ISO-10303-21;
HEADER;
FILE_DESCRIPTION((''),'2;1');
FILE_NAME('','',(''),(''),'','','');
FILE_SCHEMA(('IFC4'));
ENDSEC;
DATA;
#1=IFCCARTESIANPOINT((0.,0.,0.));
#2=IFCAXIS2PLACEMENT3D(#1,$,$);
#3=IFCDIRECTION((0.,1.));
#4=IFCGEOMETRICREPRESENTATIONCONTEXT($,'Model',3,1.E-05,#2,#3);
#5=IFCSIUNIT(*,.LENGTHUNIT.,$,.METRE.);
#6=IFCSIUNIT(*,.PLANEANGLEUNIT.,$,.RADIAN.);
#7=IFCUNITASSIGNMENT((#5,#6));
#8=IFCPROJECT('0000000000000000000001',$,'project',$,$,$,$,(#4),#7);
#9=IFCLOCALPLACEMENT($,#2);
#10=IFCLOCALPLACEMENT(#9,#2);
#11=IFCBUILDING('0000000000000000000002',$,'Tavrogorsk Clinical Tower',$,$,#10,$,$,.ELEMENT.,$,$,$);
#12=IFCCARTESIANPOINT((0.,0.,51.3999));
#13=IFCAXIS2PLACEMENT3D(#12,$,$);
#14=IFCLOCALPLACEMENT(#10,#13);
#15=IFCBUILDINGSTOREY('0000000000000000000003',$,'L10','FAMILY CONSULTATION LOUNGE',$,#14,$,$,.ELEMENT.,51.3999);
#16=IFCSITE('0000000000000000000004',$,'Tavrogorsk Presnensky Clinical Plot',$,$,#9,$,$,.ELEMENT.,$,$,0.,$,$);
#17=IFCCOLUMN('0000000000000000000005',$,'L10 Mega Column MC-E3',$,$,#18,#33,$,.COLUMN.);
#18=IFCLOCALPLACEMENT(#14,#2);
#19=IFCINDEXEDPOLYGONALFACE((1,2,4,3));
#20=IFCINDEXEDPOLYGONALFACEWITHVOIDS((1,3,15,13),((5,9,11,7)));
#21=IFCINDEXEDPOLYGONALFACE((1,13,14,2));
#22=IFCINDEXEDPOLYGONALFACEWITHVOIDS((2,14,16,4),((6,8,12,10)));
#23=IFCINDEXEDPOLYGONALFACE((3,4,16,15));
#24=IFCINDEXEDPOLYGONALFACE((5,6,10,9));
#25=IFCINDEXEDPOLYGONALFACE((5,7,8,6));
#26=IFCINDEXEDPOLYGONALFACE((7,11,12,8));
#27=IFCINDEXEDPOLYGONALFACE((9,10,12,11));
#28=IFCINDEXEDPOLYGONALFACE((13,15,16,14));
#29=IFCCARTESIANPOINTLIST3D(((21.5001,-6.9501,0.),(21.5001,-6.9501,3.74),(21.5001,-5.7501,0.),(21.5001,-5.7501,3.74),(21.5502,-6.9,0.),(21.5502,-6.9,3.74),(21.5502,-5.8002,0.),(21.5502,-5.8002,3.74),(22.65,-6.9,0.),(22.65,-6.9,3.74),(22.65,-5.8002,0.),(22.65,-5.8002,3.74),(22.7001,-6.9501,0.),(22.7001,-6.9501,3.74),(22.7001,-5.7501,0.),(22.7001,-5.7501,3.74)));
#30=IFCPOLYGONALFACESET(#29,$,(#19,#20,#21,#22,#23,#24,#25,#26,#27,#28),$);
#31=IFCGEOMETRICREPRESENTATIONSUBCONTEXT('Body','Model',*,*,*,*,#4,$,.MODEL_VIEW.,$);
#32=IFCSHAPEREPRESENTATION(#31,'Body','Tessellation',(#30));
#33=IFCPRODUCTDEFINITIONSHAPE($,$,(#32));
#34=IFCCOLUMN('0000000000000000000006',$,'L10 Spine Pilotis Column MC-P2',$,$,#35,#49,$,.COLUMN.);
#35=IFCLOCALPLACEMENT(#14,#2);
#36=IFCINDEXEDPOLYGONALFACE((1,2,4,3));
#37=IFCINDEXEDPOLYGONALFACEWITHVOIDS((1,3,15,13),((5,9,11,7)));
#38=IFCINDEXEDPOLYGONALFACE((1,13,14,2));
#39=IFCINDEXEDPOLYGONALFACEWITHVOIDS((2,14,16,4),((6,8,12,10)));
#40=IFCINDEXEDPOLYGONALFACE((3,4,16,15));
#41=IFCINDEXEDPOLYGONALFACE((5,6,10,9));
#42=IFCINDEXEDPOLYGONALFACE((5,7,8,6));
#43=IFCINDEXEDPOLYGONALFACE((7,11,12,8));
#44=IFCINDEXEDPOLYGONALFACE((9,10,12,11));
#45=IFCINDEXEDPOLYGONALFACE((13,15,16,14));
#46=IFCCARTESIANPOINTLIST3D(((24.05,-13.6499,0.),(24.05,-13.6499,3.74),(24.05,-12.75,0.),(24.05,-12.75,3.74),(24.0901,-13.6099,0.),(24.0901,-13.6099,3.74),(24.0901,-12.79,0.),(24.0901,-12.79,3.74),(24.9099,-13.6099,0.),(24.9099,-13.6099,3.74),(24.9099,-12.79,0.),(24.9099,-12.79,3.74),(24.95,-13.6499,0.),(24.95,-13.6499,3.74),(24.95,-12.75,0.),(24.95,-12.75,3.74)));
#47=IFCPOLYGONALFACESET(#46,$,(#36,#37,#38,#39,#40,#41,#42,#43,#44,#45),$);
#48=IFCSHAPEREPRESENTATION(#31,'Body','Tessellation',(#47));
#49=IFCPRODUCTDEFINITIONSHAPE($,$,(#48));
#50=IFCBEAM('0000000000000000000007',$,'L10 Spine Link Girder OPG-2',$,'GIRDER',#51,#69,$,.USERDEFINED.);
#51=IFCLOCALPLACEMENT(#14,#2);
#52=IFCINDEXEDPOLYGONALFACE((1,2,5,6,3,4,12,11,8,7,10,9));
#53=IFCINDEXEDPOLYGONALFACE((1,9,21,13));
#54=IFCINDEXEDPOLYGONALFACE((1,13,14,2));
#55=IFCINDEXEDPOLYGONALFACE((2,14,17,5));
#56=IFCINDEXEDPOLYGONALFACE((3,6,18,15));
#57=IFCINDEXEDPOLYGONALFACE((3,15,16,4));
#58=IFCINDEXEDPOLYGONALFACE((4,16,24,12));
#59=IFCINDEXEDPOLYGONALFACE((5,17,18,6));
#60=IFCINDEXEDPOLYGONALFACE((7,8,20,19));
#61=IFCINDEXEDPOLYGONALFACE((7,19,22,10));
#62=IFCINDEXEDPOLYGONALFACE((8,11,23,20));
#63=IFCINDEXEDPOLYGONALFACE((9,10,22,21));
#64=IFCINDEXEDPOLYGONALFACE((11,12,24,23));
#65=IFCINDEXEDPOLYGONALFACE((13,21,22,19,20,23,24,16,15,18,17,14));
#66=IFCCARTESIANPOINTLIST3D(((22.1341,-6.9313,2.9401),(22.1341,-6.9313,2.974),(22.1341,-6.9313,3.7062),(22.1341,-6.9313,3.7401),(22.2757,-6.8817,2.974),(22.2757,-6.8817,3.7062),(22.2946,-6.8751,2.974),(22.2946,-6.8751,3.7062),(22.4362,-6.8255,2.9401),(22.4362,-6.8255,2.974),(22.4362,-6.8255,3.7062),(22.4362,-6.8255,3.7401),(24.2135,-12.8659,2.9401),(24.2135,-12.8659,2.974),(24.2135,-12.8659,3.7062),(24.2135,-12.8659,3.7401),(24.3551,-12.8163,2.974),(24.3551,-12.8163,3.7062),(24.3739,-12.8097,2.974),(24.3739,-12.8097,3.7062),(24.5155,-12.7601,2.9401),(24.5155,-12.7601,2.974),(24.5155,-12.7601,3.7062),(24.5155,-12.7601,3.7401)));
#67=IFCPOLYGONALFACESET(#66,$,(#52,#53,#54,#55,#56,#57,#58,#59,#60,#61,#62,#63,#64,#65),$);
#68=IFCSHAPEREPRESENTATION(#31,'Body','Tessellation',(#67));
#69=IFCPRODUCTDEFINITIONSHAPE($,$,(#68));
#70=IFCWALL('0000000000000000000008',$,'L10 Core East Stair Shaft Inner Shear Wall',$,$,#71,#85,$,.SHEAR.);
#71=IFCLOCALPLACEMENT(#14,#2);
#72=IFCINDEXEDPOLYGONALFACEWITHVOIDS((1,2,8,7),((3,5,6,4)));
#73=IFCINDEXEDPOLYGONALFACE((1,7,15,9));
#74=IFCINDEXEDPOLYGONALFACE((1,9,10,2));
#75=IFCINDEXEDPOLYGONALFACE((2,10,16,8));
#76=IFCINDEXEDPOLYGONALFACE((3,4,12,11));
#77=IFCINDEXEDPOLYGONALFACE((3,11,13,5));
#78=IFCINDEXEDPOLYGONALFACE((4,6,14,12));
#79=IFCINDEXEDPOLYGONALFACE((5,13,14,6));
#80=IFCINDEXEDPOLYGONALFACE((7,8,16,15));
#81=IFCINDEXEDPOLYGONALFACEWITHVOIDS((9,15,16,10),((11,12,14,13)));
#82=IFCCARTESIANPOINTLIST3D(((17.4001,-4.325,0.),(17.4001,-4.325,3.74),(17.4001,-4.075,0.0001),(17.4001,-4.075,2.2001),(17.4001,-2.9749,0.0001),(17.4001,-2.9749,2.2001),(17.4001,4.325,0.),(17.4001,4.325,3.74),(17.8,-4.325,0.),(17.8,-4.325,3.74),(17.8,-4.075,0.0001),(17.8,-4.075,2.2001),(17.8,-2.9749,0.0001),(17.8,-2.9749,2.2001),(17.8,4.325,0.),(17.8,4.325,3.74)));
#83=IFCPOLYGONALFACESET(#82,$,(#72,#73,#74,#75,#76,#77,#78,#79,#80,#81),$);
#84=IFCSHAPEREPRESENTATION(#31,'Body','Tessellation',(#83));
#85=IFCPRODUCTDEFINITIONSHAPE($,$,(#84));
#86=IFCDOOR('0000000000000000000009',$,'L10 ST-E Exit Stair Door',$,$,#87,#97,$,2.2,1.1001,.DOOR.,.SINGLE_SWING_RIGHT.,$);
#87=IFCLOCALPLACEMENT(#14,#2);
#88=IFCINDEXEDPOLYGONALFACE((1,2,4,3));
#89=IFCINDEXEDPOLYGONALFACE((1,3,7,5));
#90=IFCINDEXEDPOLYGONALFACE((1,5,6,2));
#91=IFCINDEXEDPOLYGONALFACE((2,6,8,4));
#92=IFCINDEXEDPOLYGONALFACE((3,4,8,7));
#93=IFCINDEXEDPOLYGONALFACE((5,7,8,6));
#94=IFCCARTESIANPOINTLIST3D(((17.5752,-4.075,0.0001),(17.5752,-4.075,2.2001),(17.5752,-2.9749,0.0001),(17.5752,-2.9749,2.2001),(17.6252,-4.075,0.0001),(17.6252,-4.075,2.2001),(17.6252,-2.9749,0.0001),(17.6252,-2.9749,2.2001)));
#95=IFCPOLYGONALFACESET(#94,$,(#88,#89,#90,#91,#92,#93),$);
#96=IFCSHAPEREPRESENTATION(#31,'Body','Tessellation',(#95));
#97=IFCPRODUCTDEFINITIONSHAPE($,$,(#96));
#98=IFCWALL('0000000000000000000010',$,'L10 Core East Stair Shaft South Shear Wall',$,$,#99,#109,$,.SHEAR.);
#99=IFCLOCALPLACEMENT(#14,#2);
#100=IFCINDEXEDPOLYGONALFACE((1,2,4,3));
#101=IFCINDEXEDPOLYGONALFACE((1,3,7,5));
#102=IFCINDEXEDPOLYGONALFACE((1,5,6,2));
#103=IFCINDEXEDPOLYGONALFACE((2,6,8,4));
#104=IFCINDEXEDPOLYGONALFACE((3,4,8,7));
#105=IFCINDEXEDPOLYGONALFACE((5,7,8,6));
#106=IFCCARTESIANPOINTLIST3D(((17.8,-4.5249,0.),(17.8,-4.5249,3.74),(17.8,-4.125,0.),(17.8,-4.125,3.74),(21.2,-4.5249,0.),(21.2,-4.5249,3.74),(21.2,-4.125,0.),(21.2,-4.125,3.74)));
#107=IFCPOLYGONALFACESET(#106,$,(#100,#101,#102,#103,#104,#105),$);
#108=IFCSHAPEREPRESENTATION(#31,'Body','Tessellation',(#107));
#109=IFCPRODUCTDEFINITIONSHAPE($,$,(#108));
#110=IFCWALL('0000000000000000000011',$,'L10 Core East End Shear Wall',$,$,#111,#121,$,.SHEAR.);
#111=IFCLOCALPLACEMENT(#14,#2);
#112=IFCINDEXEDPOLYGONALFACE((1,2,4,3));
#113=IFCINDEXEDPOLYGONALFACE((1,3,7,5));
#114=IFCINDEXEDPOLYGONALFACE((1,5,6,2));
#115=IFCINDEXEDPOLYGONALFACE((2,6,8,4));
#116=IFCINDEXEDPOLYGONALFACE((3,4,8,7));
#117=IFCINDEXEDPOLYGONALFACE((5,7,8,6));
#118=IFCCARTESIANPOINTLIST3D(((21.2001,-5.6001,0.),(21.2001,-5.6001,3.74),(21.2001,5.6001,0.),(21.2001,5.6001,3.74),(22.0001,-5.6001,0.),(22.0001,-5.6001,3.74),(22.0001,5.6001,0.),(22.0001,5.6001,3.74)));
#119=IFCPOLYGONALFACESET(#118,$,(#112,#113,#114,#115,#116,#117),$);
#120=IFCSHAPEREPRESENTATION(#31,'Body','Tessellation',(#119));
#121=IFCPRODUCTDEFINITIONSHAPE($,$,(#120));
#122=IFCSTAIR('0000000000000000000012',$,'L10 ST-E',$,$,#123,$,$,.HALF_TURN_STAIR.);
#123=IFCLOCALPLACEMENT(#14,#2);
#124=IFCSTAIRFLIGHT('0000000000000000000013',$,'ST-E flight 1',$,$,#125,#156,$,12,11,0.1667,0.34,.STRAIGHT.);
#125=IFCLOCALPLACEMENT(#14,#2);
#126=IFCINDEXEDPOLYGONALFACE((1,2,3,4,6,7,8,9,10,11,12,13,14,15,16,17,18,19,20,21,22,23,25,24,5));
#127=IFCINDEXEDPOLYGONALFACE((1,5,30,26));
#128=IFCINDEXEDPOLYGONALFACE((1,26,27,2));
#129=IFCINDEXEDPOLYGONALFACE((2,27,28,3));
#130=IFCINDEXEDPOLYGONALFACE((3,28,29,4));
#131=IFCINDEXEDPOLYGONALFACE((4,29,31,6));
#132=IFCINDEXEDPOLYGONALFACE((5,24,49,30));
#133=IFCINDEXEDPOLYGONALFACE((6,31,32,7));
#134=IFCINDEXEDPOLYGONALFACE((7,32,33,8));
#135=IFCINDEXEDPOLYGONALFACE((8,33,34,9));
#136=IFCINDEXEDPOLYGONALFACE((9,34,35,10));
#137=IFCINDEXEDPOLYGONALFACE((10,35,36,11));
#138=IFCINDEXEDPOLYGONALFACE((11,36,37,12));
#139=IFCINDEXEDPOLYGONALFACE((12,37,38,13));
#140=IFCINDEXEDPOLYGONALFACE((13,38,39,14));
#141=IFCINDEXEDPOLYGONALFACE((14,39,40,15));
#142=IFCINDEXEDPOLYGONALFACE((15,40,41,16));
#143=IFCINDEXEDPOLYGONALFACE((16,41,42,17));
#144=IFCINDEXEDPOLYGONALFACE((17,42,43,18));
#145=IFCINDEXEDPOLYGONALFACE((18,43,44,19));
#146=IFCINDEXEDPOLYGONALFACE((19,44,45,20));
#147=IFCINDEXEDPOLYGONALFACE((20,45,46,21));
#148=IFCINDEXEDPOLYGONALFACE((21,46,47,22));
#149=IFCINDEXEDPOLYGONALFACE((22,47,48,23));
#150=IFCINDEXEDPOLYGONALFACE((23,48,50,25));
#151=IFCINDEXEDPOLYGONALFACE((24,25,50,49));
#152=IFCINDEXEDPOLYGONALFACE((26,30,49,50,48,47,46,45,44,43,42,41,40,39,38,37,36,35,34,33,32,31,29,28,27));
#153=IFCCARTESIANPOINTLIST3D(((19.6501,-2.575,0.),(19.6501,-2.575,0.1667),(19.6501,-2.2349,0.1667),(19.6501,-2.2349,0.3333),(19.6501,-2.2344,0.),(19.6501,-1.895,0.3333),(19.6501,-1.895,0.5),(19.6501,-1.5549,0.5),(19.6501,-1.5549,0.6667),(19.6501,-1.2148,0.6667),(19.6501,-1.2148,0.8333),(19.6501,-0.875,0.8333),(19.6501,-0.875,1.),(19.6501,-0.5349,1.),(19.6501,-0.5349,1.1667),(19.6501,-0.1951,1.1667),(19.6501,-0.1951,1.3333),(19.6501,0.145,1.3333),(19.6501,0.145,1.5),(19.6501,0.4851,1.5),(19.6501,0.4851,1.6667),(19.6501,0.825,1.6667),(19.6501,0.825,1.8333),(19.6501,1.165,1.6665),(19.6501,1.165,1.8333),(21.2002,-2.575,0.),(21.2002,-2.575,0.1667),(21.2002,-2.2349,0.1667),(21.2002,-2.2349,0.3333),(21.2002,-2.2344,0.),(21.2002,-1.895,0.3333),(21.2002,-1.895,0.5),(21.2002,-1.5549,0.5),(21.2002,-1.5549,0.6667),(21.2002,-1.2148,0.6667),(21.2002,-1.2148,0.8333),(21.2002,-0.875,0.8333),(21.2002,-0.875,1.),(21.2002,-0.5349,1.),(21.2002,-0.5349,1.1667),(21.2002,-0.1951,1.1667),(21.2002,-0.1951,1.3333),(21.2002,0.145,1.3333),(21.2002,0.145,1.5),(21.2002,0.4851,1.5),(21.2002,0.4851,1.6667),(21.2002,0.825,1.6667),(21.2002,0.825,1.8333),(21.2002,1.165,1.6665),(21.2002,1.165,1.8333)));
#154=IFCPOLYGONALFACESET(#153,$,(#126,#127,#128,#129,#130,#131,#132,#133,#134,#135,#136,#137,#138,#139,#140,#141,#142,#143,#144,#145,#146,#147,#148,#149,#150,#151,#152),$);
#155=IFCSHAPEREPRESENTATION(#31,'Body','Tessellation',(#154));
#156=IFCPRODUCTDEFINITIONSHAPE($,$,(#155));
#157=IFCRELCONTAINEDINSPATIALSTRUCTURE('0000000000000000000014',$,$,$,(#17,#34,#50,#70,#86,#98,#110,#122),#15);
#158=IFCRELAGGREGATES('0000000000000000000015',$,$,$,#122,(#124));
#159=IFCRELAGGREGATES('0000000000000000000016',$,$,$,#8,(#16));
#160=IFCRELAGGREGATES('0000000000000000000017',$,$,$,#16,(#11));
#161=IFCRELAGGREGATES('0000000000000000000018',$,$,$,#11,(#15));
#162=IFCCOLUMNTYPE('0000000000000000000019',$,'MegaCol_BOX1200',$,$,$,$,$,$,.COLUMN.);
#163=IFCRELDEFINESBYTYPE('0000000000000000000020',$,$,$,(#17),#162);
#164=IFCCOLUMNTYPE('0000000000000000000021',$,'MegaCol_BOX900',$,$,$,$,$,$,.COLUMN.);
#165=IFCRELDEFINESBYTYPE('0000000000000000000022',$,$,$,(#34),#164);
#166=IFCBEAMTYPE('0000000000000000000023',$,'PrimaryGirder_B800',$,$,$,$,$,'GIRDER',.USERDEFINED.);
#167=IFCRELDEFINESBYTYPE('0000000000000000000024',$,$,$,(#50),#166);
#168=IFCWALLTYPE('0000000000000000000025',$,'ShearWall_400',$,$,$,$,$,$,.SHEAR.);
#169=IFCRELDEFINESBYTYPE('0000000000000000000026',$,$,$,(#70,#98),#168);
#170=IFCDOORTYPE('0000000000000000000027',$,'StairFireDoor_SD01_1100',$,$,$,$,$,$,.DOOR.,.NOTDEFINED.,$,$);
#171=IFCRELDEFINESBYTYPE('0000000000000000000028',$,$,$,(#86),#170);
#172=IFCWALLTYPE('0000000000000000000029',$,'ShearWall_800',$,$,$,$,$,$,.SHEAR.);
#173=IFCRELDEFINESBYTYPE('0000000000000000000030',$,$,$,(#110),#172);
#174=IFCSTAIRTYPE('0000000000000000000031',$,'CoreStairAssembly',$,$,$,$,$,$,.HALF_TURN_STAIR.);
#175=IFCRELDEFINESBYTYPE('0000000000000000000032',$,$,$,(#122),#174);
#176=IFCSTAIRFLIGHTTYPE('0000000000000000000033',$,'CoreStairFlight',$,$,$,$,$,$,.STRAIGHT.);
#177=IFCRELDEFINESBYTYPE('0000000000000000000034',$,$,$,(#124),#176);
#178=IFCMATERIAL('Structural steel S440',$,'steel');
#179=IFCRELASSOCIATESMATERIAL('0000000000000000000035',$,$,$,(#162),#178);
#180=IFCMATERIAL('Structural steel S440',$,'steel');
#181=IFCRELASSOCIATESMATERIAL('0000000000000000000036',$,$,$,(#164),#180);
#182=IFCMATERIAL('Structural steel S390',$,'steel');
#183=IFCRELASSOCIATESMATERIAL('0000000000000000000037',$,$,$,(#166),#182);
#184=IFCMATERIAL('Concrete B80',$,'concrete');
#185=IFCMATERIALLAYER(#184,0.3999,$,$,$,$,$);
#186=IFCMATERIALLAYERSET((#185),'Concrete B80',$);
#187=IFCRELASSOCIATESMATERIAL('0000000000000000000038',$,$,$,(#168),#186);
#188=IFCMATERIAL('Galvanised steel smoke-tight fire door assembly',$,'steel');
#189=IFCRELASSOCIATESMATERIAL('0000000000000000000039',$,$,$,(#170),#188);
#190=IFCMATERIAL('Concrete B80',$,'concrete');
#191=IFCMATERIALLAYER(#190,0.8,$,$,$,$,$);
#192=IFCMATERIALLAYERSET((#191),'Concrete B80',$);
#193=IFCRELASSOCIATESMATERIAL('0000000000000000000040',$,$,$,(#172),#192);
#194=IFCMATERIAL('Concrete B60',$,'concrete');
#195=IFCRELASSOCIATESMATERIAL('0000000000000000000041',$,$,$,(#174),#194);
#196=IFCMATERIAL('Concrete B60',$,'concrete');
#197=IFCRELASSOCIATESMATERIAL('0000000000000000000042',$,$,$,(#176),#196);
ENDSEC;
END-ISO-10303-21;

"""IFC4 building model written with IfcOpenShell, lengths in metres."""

from ifc_helpers import new_model, si_unit, direction, frame, frame_2d, origin, origin_2d, place, context, subcontext, project, spatial, polyline, rectangle, hollow_rectangle, i_section, outline, extrude, material, layer, layer_set, material_profile, profile_set, type_object, element, fill, aggregate, save


model = new_model("IFC4")

# Units and contexts
model_context = context("Model", 3, precision=1e-05, world=origin(), true_north=direction((0.0, 1.0)))
body_context = subcontext(model_context, "Body", "Model", "MODEL_VIEW")
ifc_project = project(units=[si_unit("LENGTHUNIT", "METRE"), si_unit("PLANEANGLEUNIT", "RADIAN")], contexts=[model_context])

# Site, building, storey
site_placement = place(None, origin())
site = spatial("IfcSite", under=ifc_project, at=site_placement, Name="Tavrogorsk Presnensky Clinical Plot", CompositionType="ELEMENT", RefElevation=0.0)
building_placement = place(site_placement, origin())
building = spatial("IfcBuilding", under=site, at=building_placement, Name="Tavrogorsk Clinical Tower", CompositionType="ELEMENT")
storey_placement = place(building_placement, frame((0.0, 0.0, 51.3999)))
storey = spatial("IfcBuildingStorey", under=building, at=storey_placement, Name="L10", Description="FAMILY CONSULTATION LOUNGE", CompositionType="ELEMENT", Elevation=51.3999)

# Columns
ifc_material_1 = material(Name="Structural steel S440", Category="steel")
ifc_material_profile_1 = material_profile(ifc_material_1, hollow_rectangle(XDim=1.2, YDim=1.2, WallThickness=0.05, at=origin_2d()), Name="BOX-1200x1200x50")
ifc_profile_set_1 = profile_set([ifc_material_profile_1], Name="Structural steel S440")
column_type_1 = type_object("IfcColumnType", Name="MegaCol_BOX1200", PredefinedType="COLUMN", material=ifc_profile_set_1)
column_1_placement = place(storey_placement, frame((22.1001, -6.3501, 0.0), z_axis=(0.0, 0.0, 1.0), x_axis=(1.0, 0.0, 0.0)))
element("IfcColumn", 1, at=column_1_placement, inside=storey, type_object=column_type_1, Name="L10 Mega Column MC-E3", PredefinedType="COLUMN", context=body_context, shape_type="SweptSolid", body=[
    extrude(hollow_rectangle(XDim=1.2, YDim=1.2, WallThickness=0.05, at=origin_2d()), origin(), (0.0, 0.0, 1.0), 3.74),
])
ifc_material_2 = material(Name="Structural steel S440", Category="steel")
ifc_material_profile_2 = material_profile(ifc_material_2, hollow_rectangle(XDim=0.8999, YDim=0.8999, WallThickness=0.04, at=origin_2d()), Name="BOX-900x900x40")
ifc_profile_set_2 = profile_set([ifc_material_profile_2], Name="Structural steel S440")
column_type_2 = type_object("IfcColumnType", Name="MegaCol_BOX900", PredefinedType="COLUMN", material=ifc_profile_set_2)
column_2_placement = place(storey_placement, frame((24.5, -13.2, 0.0), z_axis=(0.0, 0.0, 1.0), x_axis=(1.0, 0.0, 0.0)))
element("IfcColumn", 2, at=column_2_placement, inside=storey, type_object=column_type_2, Name="L10 Spine Pilotis Column MC-P2", PredefinedType="COLUMN", context=body_context, shape_type="SweptSolid", body=[
    extrude(hollow_rectangle(XDim=0.8999, YDim=0.8999, WallThickness=0.04, at=origin_2d()), origin(), (0.0, 0.0, 1.0), 3.74),
])

# Beam
ifc_material_3 = material(Name="Structural steel S390", Category="steel")
ifc_material_profile_3 = material_profile(ifc_material_3, i_section(OverallWidth=0.3201, OverallDepth=0.8, WebThickness=0.02, FlangeThickness=0.0339, at=origin_2d()), Name="B-800x320x20x34")
ifc_profile_set_3 = profile_set([ifc_material_profile_3], Name="Structural steel S390")
beam_type = type_object("IfcBeamType", Name="PrimaryGirder_B800", ElementType="GIRDER", PredefinedType="USERDEFINED", material=ifc_profile_set_3)
beam_placement = place(storey_placement, frame((24.3645, -12.813, 3.3401), z_axis=(-0.330669, 0.943747, 0.0), x_axis=(-0.943747, -0.330669, 0.0)))
element("IfcBeam", 3, at=beam_placement, inside=storey, type_object=beam_type, Name="L10 Spine Link Girder OPG-2", ObjectType="GIRDER", PredefinedType="USERDEFINED", context=body_context, shape_type="SweptSolid", body=[
    extrude(i_section(OverallWidth=0.3201, OverallDepth=0.8, WebThickness=0.02, FlangeThickness=0.0339, at=origin_2d()), origin(), (0.0, 0.0, 1.0), 6.2883),
])

# Wall, opening, door
ifc_material_4 = material(Name="Concrete B80", Category="concrete")
ifc_layer_1 = layer(ifc_material_4, 0.3999)
ifc_layer_set_1 = layer_set([ifc_layer_1], Name="Concrete B80")
wall_type_1 = type_object("IfcWallType", Name="ShearWall_400", PredefinedType="SHEAR", material=ifc_layer_set_1)
wall_1_placement = place(storey_placement, frame((17.6001, -4.325, 0.0), z_axis=(0.0, 0.0, 1.0), x_axis=(0.0, 1.0, 0.0)))
wall_1 = element("IfcWall", 4, at=wall_1_placement, inside=storey, type_object=wall_type_1, Name="L10 Core East Stair Shaft Inner Shear Wall", PredefinedType="SHEAR", context=body_context, shape_type="SweptSolid", body=[
    extrude(rectangle(XDim=8.6499, YDim=0.3999, at=frame_2d((4.325, 0.0))), origin(), (0.0, 0.0, 1.0), 3.74),
])
opening_placement = place(wall_1_placement, frame((0.25, 0.0, 0.0)))
opening = element("IfcOpeningElement", 5, at=opening_placement, cuts=wall_1, PredefinedType="OPENING", context=body_context, shape_type="SweptSolid", body=[
    extrude(rectangle(XDim=1.1001, YDim=2.2, at=frame_2d((0.55, 1.1001))), frame((0.0, 0.21, 0.0), z_axis=(0.0, -1.0, 0.0), x_axis=(1.0, 0.0, 0.0)), (0.0, 0.0, 1.0), 0.4199),
])
ifc_material_5 = material(Name="Galvanised steel smoke-tight fire door assembly", Category="steel")
door_type = type_object("IfcDoorType", Name="StairFireDoor_SD01_1100", OperationType="NOTDEFINED", PredefinedType="DOOR", material=ifc_material_5)
door_placement = place(opening_placement, origin())
door = element("IfcDoor", 6, at=door_placement, inside=storey, type_object=door_type, Name="L10 ST-E Exit Stair Door", OperationType="SINGLE_SWING_RIGHT", OverallHeight=2.2, OverallWidth=1.1001, PredefinedType="DOOR", context=body_context, shape_type="SweptSolid", body=[
    extrude(rectangle(XDim=1.1001, YDim=2.2, at=frame_2d((0.55, 1.1001))), frame((0.0, 0.0249, 0.0), z_axis=(0.0, -1.0, 0.0), x_axis=(1.0, 0.0, 0.0)), (0.0, 0.0, 1.0), 0.05),
])
fill(opening, door)

# Walls
wall_2_placement = place(storey_placement, frame((17.8, -4.325, 0.0), z_axis=(0.0, 0.0, 1.0), x_axis=(1.0, 0.0, 0.0)))
element("IfcWall", 7, at=wall_2_placement, inside=storey, type_object=wall_type_1, Name="L10 Core East Stair Shaft South Shear Wall", PredefinedType="SHEAR", context=body_context, shape_type="SweptSolid", body=[
    extrude(rectangle(XDim=3.3999, YDim=0.3999, at=frame_2d((1.7, 0.0))), origin(), (0.0, 0.0, 1.0), 3.74),
])
ifc_material_6 = material(Name="Concrete B80", Category="concrete")
ifc_layer_2 = layer(ifc_material_6, 0.8)
ifc_layer_set_2 = layer_set([ifc_layer_2], Name="Concrete B80")
wall_type_2 = type_object("IfcWallType", Name="ShearWall_800", PredefinedType="SHEAR", material=ifc_layer_set_2)
wall_3_placement = place(storey_placement, frame((21.6001, -5.6001, 0.0), z_axis=(0.0, 0.0, 1.0), x_axis=(0.0, 1.0, 0.0)))
element("IfcWall", 8, at=wall_3_placement, inside=storey, type_object=wall_type_2, Name="L10 Core East End Shear Wall", PredefinedType="SHEAR", context=body_context, shape_type="SweptSolid", body=[
    extrude(rectangle(XDim=11.2002, YDim=0.8, at=frame_2d((5.6001, 0.0))), origin(), (0.0, 0.0, 1.0), 3.74),
])

# Stair, stair flight
ifc_material_7 = material(Name="Concrete B60", Category="concrete")
stair_type = type_object("IfcStairType", Name="CoreStairAssembly", PredefinedType="HALF_TURN_STAIR", material=ifc_material_7)
stair_placement = place(storey_placement, origin())
stair = element("IfcStair", 9, at=stair_placement, inside=storey, type_object=stair_type, Name="L10 ST-E", PredefinedType="HALF_TURN_STAIR")
ifc_material_8 = material(Name="Concrete B60", Category="concrete")
stair_flight_type = type_object("IfcStairFlightType", Name="CoreStairFlight", PredefinedType="STRAIGHT", material=ifc_material_8)
stair_flight_placement = place(storey_placement, frame((20.425, -2.575, 0.0), z_axis=(0.0, 0.0, 1.0), x_axis=(0.0, 1.0, 0.0)))
stair_flight = element("IfcStairFlight", 10, at=stair_flight_placement, type_object=stair_flight_type, Name="ST-E flight 1", NumberOfRisers=12, NumberOfTreads=11, PredefinedType="STRAIGHT", RiserHeight=0.1667, TreadLength=0.34, context=body_context, shape_type="SweptSolid", body=[
    extrude(outline(polyline([(0.0, 0.0), (0.0, 0.1667), (0.3401, 0.1667), (0.3401, 0.3333), (0.6799, 0.3333), (0.6799, 0.5), (1.02, 0.5), (1.02, 0.6667), (1.3601, 0.6667), (1.3601, 0.8333), (1.7, 0.8333), (1.7, 1.0), (2.04, 1.0), (2.04, 1.1667), (2.3799, 1.1667), (2.3799, 1.3333), (2.72, 1.3333), (2.72, 1.5), (3.0601, 1.5), (3.0601, 1.6667), (3.3999, 1.6667), (3.3999, 1.8333), (3.74, 1.8333), (3.74, 2.0), (3.74, 1.6665), (0.3406, 0.0), (0.0, 0.0)])), frame((0.0, 0.7749, 0.0), z_axis=(0.0, -1.0, 0.0), x_axis=(1.0, 0.0, 0.0)), (0.0, 0.0, 1.0), 1.55),
])
aggregate(stair, [stair_flight])

save(model, "model.ifc")
